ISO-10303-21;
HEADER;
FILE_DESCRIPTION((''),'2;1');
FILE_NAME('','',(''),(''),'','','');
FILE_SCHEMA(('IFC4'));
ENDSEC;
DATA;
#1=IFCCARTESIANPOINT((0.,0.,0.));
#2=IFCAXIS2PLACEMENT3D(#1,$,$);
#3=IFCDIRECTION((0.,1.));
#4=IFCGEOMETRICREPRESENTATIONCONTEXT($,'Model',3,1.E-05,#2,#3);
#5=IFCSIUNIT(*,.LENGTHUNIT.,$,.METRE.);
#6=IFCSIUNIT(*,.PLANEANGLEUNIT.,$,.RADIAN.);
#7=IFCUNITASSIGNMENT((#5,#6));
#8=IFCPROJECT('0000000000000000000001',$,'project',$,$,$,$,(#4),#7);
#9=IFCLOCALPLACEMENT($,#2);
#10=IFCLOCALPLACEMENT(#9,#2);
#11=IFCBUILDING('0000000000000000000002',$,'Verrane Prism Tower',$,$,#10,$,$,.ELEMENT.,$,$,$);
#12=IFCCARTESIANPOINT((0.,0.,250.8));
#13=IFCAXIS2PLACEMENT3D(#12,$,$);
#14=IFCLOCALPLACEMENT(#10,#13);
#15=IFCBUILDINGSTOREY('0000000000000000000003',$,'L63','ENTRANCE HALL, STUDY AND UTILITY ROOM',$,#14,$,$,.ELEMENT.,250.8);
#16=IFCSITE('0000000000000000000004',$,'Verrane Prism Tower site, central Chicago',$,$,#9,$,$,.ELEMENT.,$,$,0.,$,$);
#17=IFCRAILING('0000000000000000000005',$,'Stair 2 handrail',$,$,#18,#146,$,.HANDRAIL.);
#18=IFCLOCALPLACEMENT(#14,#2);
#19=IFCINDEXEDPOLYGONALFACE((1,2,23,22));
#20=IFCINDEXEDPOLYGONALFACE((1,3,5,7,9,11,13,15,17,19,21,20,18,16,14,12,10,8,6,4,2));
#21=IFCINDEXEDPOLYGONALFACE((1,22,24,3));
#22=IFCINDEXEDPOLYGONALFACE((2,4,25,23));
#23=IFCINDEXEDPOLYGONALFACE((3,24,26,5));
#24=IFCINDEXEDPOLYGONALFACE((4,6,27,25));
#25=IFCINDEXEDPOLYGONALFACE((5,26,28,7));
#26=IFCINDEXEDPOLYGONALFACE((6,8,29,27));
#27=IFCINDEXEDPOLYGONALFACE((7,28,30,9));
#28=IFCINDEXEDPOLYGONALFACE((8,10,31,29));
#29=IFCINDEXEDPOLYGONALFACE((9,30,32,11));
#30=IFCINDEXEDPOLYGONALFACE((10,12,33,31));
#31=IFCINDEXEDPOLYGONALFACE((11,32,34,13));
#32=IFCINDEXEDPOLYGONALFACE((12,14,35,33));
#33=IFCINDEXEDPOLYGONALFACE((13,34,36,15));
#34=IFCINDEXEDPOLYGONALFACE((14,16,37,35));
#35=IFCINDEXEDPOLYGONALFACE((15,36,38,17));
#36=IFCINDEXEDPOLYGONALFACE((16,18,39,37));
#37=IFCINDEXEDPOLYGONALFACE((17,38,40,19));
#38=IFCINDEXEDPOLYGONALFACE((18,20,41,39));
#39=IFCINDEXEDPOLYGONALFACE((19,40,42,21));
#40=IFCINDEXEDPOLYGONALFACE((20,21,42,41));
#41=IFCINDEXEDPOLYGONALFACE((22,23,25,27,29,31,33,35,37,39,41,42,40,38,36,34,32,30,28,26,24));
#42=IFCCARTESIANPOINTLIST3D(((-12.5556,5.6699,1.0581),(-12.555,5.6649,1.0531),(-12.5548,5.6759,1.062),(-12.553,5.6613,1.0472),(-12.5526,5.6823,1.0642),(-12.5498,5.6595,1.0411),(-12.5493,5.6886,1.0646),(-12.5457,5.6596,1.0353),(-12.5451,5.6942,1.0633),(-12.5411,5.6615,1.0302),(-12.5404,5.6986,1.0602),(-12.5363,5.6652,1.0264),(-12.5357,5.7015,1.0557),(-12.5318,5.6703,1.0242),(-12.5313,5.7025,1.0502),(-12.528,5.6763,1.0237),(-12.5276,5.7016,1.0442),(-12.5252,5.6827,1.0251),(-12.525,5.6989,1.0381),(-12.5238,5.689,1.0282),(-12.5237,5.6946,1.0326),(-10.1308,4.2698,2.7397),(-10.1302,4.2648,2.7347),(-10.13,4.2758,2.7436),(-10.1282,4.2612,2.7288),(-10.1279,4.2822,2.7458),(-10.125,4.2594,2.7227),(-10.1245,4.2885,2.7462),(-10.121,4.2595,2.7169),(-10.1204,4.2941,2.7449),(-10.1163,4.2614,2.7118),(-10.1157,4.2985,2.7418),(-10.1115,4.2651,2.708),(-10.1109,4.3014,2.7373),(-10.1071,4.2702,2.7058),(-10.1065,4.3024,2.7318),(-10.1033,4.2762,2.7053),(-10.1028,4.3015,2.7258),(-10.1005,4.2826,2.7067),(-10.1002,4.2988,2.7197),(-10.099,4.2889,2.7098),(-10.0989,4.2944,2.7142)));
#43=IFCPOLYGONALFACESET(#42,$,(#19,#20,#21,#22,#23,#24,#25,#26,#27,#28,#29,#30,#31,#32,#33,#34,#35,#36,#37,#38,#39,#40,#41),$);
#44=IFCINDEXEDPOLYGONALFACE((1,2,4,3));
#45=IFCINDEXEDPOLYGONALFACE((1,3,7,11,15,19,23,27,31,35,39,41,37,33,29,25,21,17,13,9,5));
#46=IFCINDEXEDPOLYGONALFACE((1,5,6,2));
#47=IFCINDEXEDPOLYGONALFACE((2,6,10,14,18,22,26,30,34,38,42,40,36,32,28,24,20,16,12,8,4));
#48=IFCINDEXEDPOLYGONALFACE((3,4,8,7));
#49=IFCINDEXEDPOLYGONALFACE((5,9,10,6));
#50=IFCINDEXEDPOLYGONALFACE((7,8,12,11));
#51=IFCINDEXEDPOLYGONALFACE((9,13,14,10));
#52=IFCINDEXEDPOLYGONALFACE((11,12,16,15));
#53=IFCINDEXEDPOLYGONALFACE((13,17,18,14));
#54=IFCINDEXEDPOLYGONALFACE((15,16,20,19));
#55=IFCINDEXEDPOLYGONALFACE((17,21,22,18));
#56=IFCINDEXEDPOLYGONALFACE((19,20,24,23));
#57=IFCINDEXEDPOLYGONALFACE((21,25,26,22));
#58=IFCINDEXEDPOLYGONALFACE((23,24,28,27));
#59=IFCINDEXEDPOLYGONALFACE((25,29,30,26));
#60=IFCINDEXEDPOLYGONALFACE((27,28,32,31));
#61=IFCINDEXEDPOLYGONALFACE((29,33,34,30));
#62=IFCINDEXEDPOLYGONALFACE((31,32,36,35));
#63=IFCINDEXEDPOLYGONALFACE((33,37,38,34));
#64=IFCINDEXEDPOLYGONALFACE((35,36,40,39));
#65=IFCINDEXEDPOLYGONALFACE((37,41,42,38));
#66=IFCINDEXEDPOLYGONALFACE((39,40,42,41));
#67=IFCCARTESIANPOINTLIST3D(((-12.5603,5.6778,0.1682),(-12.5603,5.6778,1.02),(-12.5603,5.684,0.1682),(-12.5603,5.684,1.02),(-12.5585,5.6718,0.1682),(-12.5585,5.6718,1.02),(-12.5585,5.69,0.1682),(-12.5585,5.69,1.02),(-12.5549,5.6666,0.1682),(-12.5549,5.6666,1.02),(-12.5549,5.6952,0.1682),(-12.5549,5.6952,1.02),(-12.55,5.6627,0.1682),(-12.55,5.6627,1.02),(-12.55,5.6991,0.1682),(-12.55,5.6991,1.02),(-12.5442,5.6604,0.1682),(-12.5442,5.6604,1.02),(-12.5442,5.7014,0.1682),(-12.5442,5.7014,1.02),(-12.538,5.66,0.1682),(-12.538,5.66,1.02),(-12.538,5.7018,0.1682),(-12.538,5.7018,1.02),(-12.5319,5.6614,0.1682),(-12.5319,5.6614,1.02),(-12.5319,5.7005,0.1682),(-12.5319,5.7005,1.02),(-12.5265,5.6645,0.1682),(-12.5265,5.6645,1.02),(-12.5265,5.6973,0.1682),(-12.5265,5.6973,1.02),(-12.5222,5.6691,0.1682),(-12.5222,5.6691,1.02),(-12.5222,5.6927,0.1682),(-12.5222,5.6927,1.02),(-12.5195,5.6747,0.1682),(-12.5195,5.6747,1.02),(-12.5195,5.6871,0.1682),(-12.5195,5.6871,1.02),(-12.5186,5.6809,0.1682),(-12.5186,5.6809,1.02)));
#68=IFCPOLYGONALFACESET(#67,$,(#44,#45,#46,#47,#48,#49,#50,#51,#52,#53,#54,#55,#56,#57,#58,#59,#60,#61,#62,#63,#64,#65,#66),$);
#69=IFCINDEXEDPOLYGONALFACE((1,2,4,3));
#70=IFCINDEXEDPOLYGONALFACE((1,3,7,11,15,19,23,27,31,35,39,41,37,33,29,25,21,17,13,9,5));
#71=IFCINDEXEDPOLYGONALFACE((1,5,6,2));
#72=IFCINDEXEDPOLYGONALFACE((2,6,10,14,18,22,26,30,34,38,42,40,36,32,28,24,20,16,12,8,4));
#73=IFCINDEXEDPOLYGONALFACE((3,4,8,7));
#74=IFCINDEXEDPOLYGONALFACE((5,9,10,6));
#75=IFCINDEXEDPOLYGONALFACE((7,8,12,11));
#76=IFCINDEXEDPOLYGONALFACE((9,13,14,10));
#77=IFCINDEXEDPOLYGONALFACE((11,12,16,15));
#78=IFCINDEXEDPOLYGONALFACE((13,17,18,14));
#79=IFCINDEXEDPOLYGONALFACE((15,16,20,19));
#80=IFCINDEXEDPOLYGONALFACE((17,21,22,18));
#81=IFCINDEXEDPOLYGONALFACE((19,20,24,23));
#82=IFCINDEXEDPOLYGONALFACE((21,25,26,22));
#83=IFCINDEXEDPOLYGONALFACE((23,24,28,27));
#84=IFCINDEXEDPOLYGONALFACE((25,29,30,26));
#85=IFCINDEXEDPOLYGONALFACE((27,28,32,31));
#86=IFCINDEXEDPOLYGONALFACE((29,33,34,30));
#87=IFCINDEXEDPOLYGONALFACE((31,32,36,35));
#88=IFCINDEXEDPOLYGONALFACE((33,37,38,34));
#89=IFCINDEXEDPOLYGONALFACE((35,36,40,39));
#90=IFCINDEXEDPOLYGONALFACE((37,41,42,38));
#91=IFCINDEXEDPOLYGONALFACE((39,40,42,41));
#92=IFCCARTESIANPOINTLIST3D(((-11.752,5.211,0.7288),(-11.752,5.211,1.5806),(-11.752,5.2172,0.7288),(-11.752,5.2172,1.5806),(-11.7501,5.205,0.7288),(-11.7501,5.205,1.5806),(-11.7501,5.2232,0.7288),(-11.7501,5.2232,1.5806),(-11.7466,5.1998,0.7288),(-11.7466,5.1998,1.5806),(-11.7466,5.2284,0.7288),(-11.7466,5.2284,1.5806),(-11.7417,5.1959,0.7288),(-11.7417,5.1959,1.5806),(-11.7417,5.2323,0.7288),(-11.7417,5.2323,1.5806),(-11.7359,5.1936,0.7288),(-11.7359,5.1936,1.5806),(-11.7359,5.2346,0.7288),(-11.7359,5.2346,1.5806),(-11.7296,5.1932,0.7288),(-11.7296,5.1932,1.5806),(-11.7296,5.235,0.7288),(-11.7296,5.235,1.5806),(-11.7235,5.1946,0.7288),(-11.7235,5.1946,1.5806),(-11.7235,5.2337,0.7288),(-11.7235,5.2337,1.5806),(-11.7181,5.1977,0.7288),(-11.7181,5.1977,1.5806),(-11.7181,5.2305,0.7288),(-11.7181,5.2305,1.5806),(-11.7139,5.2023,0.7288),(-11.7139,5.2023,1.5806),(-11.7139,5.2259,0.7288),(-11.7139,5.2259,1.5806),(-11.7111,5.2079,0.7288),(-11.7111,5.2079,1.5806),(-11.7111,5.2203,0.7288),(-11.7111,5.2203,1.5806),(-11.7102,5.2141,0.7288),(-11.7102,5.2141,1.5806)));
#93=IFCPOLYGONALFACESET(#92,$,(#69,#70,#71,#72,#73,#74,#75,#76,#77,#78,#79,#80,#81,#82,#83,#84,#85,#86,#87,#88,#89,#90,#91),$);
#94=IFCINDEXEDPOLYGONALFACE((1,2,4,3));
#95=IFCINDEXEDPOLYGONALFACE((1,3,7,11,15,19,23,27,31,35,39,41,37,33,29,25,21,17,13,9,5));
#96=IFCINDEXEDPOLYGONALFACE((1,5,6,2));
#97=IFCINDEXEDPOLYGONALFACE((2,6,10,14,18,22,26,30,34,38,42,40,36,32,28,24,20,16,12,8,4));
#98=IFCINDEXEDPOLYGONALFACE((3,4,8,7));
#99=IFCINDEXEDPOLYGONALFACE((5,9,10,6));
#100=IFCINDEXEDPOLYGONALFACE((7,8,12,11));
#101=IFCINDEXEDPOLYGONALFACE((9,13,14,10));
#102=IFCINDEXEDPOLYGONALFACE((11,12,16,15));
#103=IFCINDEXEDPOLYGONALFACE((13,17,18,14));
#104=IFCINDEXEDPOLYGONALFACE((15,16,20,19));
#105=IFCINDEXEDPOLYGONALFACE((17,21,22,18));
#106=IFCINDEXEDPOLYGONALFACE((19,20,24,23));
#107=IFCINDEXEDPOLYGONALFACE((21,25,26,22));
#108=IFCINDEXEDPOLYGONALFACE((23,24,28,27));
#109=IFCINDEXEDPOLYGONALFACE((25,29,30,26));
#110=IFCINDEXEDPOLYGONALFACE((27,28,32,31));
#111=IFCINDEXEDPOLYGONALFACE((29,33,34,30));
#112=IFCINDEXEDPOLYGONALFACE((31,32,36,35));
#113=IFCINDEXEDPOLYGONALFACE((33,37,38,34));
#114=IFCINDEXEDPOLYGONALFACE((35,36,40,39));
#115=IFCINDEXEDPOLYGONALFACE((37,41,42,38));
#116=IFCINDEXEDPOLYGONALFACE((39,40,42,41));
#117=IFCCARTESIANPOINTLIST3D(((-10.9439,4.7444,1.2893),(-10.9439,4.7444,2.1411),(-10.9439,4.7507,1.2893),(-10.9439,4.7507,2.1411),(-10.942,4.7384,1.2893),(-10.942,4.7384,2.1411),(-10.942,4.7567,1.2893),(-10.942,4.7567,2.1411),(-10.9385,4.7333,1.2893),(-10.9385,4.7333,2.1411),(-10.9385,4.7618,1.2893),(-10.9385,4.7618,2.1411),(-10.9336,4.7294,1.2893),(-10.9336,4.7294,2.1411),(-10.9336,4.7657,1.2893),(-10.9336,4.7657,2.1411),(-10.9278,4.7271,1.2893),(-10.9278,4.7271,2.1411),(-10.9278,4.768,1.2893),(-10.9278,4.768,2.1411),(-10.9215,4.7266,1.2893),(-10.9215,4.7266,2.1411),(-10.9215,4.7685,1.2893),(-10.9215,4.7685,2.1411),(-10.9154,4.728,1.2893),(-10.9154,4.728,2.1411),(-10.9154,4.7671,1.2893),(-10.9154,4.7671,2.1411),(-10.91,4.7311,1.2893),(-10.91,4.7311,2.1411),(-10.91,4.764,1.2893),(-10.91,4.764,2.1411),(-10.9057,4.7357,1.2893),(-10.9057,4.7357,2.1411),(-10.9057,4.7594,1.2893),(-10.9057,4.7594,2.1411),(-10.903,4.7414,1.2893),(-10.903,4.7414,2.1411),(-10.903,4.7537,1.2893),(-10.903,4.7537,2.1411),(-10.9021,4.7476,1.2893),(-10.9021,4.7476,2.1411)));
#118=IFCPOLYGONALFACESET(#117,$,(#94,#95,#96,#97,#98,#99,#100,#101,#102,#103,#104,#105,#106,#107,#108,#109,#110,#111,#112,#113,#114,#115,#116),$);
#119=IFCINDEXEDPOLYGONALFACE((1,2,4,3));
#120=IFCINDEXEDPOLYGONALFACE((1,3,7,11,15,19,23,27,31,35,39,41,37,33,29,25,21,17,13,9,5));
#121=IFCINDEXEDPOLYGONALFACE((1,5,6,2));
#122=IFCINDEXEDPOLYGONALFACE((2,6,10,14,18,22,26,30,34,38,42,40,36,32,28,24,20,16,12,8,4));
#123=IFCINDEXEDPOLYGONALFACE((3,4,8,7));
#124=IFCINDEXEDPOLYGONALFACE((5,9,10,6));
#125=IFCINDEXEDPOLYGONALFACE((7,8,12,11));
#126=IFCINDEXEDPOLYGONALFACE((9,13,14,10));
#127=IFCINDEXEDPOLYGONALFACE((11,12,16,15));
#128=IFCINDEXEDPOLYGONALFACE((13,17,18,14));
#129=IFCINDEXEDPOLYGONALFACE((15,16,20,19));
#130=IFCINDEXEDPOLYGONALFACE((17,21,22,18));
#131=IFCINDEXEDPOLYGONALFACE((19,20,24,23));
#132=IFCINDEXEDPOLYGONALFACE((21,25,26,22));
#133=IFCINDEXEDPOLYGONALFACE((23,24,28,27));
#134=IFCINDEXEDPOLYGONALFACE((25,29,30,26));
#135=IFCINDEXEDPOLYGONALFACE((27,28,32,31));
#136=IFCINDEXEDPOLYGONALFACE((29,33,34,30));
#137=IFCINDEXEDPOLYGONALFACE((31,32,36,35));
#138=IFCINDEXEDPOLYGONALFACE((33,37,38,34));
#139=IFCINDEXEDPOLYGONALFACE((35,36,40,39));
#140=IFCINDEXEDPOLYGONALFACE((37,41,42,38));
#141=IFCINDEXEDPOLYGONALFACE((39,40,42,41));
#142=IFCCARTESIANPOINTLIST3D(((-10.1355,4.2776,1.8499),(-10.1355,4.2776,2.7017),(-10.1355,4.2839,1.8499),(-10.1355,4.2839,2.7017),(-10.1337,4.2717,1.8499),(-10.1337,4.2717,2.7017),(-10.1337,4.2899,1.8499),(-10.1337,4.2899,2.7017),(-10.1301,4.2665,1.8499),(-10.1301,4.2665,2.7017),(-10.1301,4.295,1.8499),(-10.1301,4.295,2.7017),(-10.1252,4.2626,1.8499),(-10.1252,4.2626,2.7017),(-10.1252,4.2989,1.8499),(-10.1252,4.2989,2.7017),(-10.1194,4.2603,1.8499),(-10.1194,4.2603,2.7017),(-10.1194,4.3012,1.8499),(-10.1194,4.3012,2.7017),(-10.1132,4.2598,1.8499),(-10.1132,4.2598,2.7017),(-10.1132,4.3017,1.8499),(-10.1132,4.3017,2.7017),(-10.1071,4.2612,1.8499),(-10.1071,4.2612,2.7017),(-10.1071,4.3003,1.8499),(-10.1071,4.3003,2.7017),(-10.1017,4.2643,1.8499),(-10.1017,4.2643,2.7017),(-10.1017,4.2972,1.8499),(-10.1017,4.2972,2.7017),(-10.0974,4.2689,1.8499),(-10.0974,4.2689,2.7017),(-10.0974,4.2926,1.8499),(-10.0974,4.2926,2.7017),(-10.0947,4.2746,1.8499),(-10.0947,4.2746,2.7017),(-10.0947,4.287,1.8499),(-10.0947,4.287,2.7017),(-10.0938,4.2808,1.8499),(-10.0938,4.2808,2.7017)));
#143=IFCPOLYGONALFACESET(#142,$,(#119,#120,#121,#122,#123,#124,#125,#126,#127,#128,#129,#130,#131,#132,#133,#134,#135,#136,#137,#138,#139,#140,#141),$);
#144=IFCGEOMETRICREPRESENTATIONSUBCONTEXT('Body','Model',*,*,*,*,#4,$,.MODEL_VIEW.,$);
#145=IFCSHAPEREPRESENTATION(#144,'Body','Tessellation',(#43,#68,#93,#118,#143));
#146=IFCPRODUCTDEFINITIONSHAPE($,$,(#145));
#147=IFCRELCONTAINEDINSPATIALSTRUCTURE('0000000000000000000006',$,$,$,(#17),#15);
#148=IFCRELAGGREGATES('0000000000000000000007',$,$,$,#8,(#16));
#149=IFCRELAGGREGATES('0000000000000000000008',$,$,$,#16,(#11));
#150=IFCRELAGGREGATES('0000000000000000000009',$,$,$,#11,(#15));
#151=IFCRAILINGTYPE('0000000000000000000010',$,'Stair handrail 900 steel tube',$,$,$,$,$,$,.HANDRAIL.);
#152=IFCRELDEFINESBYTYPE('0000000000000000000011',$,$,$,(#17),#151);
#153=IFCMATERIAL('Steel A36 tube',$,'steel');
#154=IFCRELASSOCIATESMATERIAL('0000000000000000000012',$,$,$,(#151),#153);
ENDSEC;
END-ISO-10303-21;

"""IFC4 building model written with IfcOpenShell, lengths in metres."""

from ifc_helpers import new_model, si_unit, direction, frame, origin, origin_2d, place, context, subcontext, project, spatial, circle, extrude, material, type_object, element, save


model = new_model("IFC4")

# Units and contexts
model_context = context("Model", 3, precision=1e-05, world=origin(), true_north=direction((0.0, 1.0)))
body_context = subcontext(model_context, "Body", "Model", "MODEL_VIEW")
ifc_project = project(units=[si_unit("LENGTHUNIT", "METRE"), si_unit("PLANEANGLEUNIT", "RADIAN")], contexts=[model_context])

# Site, building, storey
site_placement = place(None, origin())
site = spatial("IfcSite", under=ifc_project, at=site_placement, Name="Verrane Prism Tower site, central Chicago", CompositionType="ELEMENT", RefElevation=0.0)
building_placement = place(site_placement, origin())
building = spatial("IfcBuilding", under=site, at=building_placement, Name="Verrane Prism Tower", CompositionType="ELEMENT")
storey_placement = place(building_placement, frame((0.0, 0.0, 250.8)))
storey = spatial("IfcBuildingStorey", under=building, at=storey_placement, Name="L63", Description="ENTRANCE HALL, STUDY AND UTILITY ROOM", CompositionType="ELEMENT", Elevation=250.8)

# Railing
ifc_material_1 = material(Name="Steel A36 tube", Category="steel")
railing_type_1 = type_object("IfcRailingType", Name="Stair handrail 900 steel tube", PredefinedType="HANDRAIL", material=ifc_material_1)
railing_1_placement = place(storey_placement, frame((-12.5396, 5.6809, 0.1682)))
element("IfcRailing", 1, at=railing_1_placement, inside=storey, type_object=railing_type_1, Name="Stair 2 handrail", PredefinedType="HANDRAIL", context=body_context, shape_type="SweptSolid", body=[
    extrude(circle(Radius=0.0239, at=origin_2d()), frame((0.0, 0.0, 0.876), z_axis=(0.742395, -0.428679, 0.514863), x_axis=(0.50005, 0.865997, 0.0)), (0.0, 0.0, 1.0), 3.2661),
    extrude(circle(Radius=0.021, at=origin_2d()), origin(), (0.0, 0.0, 1.0), 0.8518),
    extrude(circle(Radius=0.021, at=origin_2d()), frame((0.8083, -0.4668, 0.5605)), (0.0, 0.0, 1.0), 0.8518),
    extrude(circle(Radius=0.021, at=origin_2d()), frame((1.6165, -0.9333, 1.1211)), (0.0, 0.0, 1.0), 0.8518),
    extrude(circle(Radius=0.021, at=origin_2d()), frame((2.4248, -1.4001, 1.6816)), (0.0, 0.0, 1.0), 0.8518),
])

save(model, "model.ifc")
